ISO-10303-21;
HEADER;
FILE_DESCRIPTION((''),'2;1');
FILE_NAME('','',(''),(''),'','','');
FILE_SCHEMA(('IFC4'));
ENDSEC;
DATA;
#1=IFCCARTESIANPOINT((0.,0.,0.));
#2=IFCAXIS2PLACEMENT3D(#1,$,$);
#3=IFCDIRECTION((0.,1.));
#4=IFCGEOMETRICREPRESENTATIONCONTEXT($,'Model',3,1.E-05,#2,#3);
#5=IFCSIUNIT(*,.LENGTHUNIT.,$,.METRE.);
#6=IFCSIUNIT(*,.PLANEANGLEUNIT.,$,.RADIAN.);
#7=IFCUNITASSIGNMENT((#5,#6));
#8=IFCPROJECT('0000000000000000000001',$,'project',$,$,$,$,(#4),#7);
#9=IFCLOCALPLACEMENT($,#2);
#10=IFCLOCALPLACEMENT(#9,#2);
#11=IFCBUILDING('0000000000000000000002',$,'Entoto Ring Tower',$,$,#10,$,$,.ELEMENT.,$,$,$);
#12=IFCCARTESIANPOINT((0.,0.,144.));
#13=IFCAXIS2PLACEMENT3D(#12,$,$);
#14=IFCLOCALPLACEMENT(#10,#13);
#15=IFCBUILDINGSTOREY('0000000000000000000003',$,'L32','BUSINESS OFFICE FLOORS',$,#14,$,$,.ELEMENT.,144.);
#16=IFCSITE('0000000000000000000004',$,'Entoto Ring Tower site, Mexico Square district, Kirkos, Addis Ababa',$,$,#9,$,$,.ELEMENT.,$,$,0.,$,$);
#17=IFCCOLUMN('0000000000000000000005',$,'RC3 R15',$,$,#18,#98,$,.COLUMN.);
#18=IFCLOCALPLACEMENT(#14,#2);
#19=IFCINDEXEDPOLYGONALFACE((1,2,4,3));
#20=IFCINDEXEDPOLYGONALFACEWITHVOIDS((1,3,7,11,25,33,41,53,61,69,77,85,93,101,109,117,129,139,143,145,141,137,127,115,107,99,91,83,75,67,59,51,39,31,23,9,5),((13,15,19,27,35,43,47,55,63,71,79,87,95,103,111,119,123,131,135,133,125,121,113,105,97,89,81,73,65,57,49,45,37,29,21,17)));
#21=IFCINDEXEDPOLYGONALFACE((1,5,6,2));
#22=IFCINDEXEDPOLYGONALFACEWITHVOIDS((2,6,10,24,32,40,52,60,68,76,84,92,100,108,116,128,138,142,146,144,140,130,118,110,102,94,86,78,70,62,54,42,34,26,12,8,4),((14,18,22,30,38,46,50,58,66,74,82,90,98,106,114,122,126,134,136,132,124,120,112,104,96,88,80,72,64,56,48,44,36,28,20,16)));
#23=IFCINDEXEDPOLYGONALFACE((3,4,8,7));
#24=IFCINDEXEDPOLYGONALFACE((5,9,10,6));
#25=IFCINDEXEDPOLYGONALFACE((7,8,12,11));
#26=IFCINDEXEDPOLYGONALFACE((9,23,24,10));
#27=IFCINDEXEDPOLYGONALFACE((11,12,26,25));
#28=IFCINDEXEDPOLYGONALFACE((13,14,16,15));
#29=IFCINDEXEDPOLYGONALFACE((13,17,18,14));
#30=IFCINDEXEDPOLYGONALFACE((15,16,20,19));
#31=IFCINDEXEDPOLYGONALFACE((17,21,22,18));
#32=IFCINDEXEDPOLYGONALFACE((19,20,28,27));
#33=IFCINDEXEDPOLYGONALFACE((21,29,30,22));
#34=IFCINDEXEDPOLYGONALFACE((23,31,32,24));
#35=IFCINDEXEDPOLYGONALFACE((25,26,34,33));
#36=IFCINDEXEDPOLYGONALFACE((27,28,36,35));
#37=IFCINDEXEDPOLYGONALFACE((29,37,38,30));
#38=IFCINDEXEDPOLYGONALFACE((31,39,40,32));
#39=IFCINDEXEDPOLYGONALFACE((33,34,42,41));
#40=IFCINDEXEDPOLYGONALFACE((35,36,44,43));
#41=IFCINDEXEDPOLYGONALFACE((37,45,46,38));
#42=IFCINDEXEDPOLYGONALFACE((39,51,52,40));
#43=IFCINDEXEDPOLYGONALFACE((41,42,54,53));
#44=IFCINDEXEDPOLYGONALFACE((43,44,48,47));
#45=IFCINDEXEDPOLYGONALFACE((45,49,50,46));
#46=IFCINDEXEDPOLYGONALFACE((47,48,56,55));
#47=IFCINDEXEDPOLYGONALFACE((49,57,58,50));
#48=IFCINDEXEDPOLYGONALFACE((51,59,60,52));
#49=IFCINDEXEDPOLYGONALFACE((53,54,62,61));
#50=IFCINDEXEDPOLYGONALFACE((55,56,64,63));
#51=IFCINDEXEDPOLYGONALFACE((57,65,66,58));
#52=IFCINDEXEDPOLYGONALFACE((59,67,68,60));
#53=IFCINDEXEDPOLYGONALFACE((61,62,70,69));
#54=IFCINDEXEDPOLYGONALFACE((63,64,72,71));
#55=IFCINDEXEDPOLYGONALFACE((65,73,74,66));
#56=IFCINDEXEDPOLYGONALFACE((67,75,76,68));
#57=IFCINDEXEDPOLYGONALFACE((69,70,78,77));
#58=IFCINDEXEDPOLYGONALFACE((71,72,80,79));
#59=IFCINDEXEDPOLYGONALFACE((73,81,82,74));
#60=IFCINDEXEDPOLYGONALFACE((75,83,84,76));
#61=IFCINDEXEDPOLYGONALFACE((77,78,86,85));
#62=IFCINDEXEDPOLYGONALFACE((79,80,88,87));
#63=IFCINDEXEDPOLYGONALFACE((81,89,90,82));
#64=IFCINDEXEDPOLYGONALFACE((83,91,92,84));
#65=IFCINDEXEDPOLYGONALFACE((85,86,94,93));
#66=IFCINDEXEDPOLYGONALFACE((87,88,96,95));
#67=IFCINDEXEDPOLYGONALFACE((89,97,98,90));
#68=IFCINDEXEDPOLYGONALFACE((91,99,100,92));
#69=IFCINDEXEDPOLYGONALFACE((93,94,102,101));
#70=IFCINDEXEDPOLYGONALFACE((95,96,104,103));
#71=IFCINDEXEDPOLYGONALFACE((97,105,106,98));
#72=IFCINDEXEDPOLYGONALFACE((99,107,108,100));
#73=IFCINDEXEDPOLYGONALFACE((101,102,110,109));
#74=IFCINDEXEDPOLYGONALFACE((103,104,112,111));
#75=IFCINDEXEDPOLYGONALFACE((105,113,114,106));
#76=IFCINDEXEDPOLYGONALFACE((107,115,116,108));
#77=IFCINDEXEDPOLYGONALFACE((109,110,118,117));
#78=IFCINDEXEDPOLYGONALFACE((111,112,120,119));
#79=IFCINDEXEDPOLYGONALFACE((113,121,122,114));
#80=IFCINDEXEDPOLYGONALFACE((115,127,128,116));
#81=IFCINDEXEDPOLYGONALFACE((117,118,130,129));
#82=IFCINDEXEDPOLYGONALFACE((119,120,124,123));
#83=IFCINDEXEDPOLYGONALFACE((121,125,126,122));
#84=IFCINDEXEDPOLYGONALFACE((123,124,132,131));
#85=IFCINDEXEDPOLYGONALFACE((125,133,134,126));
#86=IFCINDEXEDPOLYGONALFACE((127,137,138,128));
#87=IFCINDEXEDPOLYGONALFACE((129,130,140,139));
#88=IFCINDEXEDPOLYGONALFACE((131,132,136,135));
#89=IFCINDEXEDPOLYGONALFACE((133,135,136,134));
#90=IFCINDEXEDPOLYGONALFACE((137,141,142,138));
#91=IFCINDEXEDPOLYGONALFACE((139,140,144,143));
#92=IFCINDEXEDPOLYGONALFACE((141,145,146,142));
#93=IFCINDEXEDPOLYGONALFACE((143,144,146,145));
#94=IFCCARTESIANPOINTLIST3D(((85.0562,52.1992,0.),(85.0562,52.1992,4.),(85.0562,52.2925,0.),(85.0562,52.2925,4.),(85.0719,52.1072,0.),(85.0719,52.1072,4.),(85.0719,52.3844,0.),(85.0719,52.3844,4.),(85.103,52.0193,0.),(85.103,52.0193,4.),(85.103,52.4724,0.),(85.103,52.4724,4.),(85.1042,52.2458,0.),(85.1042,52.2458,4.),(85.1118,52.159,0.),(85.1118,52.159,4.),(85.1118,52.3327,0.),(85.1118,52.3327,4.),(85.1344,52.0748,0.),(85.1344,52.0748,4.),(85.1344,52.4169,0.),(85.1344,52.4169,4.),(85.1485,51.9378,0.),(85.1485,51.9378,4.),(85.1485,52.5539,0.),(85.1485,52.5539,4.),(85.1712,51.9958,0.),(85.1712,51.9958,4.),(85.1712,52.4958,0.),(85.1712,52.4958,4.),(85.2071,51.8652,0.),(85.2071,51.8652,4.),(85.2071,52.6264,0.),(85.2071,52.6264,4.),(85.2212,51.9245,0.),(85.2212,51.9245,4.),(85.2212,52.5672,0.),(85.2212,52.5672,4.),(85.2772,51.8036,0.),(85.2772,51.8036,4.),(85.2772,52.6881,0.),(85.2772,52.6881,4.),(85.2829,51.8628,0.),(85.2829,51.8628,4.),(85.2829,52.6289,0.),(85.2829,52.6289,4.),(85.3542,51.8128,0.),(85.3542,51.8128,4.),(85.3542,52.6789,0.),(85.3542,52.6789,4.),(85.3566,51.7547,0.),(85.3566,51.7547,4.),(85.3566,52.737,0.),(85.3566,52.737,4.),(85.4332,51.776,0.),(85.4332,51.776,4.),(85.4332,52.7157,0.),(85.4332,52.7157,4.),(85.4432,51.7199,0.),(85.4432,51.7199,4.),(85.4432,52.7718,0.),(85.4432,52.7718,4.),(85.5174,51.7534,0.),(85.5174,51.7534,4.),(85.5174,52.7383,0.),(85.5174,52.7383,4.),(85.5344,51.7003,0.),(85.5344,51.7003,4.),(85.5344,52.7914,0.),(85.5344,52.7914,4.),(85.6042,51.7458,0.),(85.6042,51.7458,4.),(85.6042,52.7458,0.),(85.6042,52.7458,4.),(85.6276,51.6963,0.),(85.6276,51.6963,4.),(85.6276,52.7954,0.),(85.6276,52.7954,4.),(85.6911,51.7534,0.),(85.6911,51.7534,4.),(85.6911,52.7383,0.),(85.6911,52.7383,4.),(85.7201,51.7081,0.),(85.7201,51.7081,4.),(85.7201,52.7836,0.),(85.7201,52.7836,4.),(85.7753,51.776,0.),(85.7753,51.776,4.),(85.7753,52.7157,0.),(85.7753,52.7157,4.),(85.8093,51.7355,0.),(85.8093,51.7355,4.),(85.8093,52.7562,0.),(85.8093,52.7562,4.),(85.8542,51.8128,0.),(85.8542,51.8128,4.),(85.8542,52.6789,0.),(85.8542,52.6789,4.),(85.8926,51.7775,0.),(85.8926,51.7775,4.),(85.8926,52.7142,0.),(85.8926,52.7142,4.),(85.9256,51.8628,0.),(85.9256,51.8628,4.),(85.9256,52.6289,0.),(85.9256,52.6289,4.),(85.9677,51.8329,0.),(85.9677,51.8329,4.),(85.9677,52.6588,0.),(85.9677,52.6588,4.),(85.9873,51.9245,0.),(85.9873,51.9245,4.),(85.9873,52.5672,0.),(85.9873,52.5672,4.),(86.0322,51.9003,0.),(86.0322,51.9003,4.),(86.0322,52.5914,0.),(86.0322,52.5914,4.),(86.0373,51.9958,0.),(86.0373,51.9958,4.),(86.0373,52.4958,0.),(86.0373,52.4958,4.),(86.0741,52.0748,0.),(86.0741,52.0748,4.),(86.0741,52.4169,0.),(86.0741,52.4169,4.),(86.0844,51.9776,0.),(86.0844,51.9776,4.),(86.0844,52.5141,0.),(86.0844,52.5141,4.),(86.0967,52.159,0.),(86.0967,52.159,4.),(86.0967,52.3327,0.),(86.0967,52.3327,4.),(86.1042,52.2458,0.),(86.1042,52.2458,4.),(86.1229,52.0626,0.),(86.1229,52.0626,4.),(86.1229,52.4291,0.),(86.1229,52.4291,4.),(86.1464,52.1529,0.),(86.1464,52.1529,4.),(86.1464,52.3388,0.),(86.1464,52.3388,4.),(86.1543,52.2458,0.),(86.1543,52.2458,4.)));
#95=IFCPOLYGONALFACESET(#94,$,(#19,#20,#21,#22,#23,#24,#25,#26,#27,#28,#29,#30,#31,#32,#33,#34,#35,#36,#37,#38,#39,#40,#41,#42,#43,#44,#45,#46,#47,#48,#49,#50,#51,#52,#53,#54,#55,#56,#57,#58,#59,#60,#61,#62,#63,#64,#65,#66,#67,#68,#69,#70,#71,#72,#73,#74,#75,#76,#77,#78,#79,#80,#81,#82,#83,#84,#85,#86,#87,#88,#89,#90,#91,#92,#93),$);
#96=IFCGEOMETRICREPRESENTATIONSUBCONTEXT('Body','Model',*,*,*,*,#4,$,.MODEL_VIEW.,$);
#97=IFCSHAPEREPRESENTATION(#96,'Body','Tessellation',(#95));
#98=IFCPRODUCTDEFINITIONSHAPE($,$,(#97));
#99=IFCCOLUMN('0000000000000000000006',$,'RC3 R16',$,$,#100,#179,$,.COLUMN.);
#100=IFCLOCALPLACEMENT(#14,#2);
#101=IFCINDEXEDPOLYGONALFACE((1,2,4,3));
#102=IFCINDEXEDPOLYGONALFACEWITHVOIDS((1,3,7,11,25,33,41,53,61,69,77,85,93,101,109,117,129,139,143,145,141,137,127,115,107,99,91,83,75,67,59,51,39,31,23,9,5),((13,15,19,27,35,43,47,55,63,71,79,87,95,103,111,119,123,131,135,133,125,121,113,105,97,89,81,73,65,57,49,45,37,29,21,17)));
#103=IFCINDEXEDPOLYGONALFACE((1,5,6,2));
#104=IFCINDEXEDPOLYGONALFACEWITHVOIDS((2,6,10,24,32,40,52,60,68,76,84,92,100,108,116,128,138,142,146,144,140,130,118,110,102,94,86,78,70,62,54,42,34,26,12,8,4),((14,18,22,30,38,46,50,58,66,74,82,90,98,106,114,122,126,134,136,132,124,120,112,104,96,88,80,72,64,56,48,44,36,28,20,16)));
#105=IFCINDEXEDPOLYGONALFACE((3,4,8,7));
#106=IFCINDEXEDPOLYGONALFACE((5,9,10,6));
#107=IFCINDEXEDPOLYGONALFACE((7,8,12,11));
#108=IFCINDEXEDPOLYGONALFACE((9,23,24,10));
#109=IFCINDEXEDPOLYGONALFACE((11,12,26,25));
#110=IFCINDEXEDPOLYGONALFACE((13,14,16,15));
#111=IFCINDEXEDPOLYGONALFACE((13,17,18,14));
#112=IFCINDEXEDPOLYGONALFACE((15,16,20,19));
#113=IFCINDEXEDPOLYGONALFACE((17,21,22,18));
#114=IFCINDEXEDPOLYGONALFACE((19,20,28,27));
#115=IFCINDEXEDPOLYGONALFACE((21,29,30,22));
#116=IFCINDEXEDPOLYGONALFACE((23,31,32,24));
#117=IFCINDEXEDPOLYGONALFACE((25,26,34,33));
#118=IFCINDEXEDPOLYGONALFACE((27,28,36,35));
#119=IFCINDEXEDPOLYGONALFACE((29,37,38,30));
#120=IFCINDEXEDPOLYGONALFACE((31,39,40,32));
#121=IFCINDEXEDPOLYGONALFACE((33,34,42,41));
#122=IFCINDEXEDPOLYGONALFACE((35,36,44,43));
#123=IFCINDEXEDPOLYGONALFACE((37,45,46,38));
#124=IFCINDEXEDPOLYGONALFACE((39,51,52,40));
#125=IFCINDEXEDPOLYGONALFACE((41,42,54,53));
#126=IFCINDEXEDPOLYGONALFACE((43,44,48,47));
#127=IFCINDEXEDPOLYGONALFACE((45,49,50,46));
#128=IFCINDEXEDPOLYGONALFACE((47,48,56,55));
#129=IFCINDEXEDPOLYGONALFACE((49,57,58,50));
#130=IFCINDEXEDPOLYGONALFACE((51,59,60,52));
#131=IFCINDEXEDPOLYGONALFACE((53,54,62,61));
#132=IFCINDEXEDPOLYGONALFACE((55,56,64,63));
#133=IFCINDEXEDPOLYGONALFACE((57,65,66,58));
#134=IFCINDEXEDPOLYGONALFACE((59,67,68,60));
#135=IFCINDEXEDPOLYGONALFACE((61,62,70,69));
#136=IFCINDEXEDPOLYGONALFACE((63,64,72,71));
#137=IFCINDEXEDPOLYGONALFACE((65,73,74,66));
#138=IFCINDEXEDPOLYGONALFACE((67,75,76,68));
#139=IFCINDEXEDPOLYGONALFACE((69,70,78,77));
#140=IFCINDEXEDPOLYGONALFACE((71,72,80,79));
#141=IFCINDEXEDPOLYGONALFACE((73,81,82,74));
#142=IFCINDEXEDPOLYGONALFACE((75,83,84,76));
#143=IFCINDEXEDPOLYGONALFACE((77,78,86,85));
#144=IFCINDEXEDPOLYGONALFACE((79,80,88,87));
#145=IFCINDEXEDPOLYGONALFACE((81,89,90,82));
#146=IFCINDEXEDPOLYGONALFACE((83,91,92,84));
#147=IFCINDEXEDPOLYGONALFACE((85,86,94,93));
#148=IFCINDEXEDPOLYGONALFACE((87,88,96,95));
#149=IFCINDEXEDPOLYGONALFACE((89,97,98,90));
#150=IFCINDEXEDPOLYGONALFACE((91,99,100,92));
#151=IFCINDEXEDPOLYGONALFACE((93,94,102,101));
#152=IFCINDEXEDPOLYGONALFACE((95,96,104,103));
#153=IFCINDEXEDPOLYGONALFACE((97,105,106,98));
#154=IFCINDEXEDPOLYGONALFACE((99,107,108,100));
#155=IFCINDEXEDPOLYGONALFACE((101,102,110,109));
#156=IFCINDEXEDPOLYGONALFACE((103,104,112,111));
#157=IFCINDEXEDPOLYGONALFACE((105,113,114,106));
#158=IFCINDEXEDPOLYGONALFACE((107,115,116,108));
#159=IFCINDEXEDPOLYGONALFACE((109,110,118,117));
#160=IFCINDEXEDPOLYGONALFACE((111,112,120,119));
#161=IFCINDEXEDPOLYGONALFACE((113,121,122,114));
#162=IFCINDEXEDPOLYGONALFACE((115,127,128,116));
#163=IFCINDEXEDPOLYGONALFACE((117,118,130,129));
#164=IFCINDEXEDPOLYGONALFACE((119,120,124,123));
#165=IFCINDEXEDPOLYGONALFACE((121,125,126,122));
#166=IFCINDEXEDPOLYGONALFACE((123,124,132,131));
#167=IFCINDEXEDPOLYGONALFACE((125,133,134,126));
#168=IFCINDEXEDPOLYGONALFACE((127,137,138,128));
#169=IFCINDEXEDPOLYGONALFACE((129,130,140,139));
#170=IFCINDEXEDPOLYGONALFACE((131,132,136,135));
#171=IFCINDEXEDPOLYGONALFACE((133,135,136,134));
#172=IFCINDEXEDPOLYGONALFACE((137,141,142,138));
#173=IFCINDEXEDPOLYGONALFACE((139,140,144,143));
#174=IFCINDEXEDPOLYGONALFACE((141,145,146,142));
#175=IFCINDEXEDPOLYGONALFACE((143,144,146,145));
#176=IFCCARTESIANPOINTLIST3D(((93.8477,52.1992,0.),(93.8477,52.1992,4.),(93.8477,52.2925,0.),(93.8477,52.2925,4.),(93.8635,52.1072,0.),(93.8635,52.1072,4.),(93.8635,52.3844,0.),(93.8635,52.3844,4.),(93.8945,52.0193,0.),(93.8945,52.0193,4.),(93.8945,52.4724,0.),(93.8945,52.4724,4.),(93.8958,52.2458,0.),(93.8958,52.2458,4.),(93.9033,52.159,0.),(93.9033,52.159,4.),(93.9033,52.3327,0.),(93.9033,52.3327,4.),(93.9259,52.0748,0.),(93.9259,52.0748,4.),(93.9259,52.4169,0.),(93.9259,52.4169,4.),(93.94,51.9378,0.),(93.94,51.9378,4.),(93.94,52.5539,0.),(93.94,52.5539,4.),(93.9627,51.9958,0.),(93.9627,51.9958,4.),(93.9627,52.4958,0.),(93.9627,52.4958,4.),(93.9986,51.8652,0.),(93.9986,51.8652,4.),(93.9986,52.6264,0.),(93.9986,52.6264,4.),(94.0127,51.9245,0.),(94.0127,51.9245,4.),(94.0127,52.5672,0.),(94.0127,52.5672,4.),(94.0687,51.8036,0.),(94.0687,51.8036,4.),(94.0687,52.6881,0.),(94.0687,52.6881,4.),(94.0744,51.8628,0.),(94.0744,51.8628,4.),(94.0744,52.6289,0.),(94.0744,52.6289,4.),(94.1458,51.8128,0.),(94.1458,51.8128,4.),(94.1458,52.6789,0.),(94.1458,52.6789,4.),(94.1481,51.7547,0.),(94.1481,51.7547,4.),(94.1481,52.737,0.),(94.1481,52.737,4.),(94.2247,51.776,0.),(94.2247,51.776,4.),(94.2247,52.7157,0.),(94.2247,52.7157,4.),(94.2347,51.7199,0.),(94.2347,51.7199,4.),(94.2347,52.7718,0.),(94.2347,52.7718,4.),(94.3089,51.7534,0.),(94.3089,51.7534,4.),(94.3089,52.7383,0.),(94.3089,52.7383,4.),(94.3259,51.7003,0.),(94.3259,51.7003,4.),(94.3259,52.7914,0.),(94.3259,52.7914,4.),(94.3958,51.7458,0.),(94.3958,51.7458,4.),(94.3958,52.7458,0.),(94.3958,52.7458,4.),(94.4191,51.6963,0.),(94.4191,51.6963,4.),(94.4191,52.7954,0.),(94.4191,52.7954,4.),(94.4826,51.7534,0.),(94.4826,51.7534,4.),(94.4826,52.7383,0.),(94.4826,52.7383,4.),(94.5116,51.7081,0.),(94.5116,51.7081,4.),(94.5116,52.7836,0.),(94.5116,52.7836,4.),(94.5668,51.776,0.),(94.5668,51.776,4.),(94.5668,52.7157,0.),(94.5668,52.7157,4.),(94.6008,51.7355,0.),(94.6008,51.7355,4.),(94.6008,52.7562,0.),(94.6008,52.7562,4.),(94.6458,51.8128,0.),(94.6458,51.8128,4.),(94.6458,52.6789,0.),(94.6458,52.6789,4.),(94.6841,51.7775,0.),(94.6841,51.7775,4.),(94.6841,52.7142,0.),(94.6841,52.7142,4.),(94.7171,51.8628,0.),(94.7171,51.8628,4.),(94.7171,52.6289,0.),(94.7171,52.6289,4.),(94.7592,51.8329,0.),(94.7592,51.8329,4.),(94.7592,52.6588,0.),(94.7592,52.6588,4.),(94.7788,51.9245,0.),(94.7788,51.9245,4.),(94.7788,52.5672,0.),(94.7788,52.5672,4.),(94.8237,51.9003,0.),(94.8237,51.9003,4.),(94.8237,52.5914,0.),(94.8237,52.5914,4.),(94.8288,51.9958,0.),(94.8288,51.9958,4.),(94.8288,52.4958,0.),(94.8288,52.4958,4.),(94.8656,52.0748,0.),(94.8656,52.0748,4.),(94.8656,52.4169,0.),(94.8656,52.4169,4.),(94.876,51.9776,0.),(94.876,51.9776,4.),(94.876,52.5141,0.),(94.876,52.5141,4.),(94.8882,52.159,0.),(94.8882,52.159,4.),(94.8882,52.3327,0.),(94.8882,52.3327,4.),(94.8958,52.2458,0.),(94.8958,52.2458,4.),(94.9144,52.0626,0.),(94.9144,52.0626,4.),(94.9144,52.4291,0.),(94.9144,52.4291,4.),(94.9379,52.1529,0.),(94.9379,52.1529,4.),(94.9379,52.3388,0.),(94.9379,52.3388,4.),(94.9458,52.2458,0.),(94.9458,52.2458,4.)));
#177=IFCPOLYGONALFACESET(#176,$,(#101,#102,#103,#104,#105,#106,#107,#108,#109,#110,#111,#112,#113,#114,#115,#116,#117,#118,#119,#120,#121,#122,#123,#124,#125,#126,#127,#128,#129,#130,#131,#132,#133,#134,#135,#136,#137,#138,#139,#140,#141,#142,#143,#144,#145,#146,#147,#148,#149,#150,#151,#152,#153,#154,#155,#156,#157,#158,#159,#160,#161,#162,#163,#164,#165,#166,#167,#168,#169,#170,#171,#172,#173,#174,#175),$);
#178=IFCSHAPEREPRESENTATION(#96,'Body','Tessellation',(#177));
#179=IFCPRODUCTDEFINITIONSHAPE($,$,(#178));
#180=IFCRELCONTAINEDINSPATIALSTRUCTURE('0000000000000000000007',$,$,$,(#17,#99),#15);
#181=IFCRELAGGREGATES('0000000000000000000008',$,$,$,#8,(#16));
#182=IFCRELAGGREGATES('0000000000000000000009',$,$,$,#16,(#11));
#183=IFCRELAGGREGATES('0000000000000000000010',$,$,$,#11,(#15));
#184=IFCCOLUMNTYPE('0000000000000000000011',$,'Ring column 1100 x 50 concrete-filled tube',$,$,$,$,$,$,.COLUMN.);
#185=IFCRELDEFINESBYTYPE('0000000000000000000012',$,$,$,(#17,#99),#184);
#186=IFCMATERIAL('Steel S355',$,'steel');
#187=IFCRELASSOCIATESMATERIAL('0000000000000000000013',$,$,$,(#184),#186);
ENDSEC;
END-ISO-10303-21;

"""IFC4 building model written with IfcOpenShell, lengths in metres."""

from ifc_helpers import new_model, si_unit, direction, frame, origin, origin_2d, place, context, subcontext, project, spatial, circle, hollow_circle, extrude, material, material_profile, profile_set, type_object, element, save


model = new_model("IFC4")

# Units and contexts
model_context = context("Model", 3, precision=1e-05, world=origin(), true_north=direction((0.0, 1.0)))
body_context = subcontext(model_context, "Body", "Model", "MODEL_VIEW")
ifc_project = project(units=[si_unit("LENGTHUNIT", "METRE"), si_unit("PLANEANGLEUNIT", "RADIAN")], contexts=[model_context])

# Site, building, storey
site_placement = place(None, origin())
site = spatial("IfcSite", under=ifc_project, at=site_placement, Name="Entoto Ring Tower site, Mexico Square district, Kirkos, Addis Ababa", CompositionType="ELEMENT", RefElevation=0.0)
building_placement = place(site_placement, origin())
building = spatial("IfcBuilding", under=site, at=building_placement, Name="Entoto Ring Tower", CompositionType="ELEMENT")
storey_placement = place(building_placement, frame((0.0, 0.0, 144.0)))
storey = spatial("IfcBuildingStorey", under=building, at=storey_placement, Name="L32", Description="BUSINESS OFFICE FLOORS", CompositionType="ELEMENT", Elevation=144.0)

# Columns
ifc_material_1 = material(Name="Steel S355", Category="steel")
ifc_material_profile_1 = material_profile(ifc_material_1, hollow_circle(Radius=0.55, WallThickness=0.05, at=origin_2d()), Name="CHS 1100 x 50")
ifc_material_2 = material(Name="Concrete C60/75", Category="concrete")
ifc_material_profile_2 = material_profile(ifc_material_2, circle(Radius=0.5, at=origin_2d()), Name="Concrete C60/75 infill")
ifc_profile_set_1 = profile_set([ifc_material_profile_1, ifc_material_profile_2], Name="Steel S355")
column_type = type_object("IfcColumnType", Name="Ring column 1100 x 50 concrete-filled tube", PredefinedType="COLUMN", material=ifc_profile_set_1)
for number, where, z_axis, x_axis, name in (
    (1, (85.6042, 52.2458, 0.0), (0.0, 0.0, 1.0), (1.0, 0.0, 0.0), "RC3 R15"),
    (2, (94.3958, 52.2458, 0.0), (0.0, 0.0, 1.0), (1.0, 0.0, 0.0), "RC3 R16"),
):
    element("IfcColumn", number, at=place(storey_placement, frame(where, z_axis=z_axis, x_axis=x_axis)), inside=storey, type_object=column_type, Name=name, PredefinedType="COLUMN", context=body_context, shape_type="SweptSolid", body=[
        extrude(hollow_circle(Radius=0.55, WallThickness=0.05, at=origin_2d()), origin(), (0.0, 0.0, 1.0), 4.0),
    ])

save(model, "model.ifc")
